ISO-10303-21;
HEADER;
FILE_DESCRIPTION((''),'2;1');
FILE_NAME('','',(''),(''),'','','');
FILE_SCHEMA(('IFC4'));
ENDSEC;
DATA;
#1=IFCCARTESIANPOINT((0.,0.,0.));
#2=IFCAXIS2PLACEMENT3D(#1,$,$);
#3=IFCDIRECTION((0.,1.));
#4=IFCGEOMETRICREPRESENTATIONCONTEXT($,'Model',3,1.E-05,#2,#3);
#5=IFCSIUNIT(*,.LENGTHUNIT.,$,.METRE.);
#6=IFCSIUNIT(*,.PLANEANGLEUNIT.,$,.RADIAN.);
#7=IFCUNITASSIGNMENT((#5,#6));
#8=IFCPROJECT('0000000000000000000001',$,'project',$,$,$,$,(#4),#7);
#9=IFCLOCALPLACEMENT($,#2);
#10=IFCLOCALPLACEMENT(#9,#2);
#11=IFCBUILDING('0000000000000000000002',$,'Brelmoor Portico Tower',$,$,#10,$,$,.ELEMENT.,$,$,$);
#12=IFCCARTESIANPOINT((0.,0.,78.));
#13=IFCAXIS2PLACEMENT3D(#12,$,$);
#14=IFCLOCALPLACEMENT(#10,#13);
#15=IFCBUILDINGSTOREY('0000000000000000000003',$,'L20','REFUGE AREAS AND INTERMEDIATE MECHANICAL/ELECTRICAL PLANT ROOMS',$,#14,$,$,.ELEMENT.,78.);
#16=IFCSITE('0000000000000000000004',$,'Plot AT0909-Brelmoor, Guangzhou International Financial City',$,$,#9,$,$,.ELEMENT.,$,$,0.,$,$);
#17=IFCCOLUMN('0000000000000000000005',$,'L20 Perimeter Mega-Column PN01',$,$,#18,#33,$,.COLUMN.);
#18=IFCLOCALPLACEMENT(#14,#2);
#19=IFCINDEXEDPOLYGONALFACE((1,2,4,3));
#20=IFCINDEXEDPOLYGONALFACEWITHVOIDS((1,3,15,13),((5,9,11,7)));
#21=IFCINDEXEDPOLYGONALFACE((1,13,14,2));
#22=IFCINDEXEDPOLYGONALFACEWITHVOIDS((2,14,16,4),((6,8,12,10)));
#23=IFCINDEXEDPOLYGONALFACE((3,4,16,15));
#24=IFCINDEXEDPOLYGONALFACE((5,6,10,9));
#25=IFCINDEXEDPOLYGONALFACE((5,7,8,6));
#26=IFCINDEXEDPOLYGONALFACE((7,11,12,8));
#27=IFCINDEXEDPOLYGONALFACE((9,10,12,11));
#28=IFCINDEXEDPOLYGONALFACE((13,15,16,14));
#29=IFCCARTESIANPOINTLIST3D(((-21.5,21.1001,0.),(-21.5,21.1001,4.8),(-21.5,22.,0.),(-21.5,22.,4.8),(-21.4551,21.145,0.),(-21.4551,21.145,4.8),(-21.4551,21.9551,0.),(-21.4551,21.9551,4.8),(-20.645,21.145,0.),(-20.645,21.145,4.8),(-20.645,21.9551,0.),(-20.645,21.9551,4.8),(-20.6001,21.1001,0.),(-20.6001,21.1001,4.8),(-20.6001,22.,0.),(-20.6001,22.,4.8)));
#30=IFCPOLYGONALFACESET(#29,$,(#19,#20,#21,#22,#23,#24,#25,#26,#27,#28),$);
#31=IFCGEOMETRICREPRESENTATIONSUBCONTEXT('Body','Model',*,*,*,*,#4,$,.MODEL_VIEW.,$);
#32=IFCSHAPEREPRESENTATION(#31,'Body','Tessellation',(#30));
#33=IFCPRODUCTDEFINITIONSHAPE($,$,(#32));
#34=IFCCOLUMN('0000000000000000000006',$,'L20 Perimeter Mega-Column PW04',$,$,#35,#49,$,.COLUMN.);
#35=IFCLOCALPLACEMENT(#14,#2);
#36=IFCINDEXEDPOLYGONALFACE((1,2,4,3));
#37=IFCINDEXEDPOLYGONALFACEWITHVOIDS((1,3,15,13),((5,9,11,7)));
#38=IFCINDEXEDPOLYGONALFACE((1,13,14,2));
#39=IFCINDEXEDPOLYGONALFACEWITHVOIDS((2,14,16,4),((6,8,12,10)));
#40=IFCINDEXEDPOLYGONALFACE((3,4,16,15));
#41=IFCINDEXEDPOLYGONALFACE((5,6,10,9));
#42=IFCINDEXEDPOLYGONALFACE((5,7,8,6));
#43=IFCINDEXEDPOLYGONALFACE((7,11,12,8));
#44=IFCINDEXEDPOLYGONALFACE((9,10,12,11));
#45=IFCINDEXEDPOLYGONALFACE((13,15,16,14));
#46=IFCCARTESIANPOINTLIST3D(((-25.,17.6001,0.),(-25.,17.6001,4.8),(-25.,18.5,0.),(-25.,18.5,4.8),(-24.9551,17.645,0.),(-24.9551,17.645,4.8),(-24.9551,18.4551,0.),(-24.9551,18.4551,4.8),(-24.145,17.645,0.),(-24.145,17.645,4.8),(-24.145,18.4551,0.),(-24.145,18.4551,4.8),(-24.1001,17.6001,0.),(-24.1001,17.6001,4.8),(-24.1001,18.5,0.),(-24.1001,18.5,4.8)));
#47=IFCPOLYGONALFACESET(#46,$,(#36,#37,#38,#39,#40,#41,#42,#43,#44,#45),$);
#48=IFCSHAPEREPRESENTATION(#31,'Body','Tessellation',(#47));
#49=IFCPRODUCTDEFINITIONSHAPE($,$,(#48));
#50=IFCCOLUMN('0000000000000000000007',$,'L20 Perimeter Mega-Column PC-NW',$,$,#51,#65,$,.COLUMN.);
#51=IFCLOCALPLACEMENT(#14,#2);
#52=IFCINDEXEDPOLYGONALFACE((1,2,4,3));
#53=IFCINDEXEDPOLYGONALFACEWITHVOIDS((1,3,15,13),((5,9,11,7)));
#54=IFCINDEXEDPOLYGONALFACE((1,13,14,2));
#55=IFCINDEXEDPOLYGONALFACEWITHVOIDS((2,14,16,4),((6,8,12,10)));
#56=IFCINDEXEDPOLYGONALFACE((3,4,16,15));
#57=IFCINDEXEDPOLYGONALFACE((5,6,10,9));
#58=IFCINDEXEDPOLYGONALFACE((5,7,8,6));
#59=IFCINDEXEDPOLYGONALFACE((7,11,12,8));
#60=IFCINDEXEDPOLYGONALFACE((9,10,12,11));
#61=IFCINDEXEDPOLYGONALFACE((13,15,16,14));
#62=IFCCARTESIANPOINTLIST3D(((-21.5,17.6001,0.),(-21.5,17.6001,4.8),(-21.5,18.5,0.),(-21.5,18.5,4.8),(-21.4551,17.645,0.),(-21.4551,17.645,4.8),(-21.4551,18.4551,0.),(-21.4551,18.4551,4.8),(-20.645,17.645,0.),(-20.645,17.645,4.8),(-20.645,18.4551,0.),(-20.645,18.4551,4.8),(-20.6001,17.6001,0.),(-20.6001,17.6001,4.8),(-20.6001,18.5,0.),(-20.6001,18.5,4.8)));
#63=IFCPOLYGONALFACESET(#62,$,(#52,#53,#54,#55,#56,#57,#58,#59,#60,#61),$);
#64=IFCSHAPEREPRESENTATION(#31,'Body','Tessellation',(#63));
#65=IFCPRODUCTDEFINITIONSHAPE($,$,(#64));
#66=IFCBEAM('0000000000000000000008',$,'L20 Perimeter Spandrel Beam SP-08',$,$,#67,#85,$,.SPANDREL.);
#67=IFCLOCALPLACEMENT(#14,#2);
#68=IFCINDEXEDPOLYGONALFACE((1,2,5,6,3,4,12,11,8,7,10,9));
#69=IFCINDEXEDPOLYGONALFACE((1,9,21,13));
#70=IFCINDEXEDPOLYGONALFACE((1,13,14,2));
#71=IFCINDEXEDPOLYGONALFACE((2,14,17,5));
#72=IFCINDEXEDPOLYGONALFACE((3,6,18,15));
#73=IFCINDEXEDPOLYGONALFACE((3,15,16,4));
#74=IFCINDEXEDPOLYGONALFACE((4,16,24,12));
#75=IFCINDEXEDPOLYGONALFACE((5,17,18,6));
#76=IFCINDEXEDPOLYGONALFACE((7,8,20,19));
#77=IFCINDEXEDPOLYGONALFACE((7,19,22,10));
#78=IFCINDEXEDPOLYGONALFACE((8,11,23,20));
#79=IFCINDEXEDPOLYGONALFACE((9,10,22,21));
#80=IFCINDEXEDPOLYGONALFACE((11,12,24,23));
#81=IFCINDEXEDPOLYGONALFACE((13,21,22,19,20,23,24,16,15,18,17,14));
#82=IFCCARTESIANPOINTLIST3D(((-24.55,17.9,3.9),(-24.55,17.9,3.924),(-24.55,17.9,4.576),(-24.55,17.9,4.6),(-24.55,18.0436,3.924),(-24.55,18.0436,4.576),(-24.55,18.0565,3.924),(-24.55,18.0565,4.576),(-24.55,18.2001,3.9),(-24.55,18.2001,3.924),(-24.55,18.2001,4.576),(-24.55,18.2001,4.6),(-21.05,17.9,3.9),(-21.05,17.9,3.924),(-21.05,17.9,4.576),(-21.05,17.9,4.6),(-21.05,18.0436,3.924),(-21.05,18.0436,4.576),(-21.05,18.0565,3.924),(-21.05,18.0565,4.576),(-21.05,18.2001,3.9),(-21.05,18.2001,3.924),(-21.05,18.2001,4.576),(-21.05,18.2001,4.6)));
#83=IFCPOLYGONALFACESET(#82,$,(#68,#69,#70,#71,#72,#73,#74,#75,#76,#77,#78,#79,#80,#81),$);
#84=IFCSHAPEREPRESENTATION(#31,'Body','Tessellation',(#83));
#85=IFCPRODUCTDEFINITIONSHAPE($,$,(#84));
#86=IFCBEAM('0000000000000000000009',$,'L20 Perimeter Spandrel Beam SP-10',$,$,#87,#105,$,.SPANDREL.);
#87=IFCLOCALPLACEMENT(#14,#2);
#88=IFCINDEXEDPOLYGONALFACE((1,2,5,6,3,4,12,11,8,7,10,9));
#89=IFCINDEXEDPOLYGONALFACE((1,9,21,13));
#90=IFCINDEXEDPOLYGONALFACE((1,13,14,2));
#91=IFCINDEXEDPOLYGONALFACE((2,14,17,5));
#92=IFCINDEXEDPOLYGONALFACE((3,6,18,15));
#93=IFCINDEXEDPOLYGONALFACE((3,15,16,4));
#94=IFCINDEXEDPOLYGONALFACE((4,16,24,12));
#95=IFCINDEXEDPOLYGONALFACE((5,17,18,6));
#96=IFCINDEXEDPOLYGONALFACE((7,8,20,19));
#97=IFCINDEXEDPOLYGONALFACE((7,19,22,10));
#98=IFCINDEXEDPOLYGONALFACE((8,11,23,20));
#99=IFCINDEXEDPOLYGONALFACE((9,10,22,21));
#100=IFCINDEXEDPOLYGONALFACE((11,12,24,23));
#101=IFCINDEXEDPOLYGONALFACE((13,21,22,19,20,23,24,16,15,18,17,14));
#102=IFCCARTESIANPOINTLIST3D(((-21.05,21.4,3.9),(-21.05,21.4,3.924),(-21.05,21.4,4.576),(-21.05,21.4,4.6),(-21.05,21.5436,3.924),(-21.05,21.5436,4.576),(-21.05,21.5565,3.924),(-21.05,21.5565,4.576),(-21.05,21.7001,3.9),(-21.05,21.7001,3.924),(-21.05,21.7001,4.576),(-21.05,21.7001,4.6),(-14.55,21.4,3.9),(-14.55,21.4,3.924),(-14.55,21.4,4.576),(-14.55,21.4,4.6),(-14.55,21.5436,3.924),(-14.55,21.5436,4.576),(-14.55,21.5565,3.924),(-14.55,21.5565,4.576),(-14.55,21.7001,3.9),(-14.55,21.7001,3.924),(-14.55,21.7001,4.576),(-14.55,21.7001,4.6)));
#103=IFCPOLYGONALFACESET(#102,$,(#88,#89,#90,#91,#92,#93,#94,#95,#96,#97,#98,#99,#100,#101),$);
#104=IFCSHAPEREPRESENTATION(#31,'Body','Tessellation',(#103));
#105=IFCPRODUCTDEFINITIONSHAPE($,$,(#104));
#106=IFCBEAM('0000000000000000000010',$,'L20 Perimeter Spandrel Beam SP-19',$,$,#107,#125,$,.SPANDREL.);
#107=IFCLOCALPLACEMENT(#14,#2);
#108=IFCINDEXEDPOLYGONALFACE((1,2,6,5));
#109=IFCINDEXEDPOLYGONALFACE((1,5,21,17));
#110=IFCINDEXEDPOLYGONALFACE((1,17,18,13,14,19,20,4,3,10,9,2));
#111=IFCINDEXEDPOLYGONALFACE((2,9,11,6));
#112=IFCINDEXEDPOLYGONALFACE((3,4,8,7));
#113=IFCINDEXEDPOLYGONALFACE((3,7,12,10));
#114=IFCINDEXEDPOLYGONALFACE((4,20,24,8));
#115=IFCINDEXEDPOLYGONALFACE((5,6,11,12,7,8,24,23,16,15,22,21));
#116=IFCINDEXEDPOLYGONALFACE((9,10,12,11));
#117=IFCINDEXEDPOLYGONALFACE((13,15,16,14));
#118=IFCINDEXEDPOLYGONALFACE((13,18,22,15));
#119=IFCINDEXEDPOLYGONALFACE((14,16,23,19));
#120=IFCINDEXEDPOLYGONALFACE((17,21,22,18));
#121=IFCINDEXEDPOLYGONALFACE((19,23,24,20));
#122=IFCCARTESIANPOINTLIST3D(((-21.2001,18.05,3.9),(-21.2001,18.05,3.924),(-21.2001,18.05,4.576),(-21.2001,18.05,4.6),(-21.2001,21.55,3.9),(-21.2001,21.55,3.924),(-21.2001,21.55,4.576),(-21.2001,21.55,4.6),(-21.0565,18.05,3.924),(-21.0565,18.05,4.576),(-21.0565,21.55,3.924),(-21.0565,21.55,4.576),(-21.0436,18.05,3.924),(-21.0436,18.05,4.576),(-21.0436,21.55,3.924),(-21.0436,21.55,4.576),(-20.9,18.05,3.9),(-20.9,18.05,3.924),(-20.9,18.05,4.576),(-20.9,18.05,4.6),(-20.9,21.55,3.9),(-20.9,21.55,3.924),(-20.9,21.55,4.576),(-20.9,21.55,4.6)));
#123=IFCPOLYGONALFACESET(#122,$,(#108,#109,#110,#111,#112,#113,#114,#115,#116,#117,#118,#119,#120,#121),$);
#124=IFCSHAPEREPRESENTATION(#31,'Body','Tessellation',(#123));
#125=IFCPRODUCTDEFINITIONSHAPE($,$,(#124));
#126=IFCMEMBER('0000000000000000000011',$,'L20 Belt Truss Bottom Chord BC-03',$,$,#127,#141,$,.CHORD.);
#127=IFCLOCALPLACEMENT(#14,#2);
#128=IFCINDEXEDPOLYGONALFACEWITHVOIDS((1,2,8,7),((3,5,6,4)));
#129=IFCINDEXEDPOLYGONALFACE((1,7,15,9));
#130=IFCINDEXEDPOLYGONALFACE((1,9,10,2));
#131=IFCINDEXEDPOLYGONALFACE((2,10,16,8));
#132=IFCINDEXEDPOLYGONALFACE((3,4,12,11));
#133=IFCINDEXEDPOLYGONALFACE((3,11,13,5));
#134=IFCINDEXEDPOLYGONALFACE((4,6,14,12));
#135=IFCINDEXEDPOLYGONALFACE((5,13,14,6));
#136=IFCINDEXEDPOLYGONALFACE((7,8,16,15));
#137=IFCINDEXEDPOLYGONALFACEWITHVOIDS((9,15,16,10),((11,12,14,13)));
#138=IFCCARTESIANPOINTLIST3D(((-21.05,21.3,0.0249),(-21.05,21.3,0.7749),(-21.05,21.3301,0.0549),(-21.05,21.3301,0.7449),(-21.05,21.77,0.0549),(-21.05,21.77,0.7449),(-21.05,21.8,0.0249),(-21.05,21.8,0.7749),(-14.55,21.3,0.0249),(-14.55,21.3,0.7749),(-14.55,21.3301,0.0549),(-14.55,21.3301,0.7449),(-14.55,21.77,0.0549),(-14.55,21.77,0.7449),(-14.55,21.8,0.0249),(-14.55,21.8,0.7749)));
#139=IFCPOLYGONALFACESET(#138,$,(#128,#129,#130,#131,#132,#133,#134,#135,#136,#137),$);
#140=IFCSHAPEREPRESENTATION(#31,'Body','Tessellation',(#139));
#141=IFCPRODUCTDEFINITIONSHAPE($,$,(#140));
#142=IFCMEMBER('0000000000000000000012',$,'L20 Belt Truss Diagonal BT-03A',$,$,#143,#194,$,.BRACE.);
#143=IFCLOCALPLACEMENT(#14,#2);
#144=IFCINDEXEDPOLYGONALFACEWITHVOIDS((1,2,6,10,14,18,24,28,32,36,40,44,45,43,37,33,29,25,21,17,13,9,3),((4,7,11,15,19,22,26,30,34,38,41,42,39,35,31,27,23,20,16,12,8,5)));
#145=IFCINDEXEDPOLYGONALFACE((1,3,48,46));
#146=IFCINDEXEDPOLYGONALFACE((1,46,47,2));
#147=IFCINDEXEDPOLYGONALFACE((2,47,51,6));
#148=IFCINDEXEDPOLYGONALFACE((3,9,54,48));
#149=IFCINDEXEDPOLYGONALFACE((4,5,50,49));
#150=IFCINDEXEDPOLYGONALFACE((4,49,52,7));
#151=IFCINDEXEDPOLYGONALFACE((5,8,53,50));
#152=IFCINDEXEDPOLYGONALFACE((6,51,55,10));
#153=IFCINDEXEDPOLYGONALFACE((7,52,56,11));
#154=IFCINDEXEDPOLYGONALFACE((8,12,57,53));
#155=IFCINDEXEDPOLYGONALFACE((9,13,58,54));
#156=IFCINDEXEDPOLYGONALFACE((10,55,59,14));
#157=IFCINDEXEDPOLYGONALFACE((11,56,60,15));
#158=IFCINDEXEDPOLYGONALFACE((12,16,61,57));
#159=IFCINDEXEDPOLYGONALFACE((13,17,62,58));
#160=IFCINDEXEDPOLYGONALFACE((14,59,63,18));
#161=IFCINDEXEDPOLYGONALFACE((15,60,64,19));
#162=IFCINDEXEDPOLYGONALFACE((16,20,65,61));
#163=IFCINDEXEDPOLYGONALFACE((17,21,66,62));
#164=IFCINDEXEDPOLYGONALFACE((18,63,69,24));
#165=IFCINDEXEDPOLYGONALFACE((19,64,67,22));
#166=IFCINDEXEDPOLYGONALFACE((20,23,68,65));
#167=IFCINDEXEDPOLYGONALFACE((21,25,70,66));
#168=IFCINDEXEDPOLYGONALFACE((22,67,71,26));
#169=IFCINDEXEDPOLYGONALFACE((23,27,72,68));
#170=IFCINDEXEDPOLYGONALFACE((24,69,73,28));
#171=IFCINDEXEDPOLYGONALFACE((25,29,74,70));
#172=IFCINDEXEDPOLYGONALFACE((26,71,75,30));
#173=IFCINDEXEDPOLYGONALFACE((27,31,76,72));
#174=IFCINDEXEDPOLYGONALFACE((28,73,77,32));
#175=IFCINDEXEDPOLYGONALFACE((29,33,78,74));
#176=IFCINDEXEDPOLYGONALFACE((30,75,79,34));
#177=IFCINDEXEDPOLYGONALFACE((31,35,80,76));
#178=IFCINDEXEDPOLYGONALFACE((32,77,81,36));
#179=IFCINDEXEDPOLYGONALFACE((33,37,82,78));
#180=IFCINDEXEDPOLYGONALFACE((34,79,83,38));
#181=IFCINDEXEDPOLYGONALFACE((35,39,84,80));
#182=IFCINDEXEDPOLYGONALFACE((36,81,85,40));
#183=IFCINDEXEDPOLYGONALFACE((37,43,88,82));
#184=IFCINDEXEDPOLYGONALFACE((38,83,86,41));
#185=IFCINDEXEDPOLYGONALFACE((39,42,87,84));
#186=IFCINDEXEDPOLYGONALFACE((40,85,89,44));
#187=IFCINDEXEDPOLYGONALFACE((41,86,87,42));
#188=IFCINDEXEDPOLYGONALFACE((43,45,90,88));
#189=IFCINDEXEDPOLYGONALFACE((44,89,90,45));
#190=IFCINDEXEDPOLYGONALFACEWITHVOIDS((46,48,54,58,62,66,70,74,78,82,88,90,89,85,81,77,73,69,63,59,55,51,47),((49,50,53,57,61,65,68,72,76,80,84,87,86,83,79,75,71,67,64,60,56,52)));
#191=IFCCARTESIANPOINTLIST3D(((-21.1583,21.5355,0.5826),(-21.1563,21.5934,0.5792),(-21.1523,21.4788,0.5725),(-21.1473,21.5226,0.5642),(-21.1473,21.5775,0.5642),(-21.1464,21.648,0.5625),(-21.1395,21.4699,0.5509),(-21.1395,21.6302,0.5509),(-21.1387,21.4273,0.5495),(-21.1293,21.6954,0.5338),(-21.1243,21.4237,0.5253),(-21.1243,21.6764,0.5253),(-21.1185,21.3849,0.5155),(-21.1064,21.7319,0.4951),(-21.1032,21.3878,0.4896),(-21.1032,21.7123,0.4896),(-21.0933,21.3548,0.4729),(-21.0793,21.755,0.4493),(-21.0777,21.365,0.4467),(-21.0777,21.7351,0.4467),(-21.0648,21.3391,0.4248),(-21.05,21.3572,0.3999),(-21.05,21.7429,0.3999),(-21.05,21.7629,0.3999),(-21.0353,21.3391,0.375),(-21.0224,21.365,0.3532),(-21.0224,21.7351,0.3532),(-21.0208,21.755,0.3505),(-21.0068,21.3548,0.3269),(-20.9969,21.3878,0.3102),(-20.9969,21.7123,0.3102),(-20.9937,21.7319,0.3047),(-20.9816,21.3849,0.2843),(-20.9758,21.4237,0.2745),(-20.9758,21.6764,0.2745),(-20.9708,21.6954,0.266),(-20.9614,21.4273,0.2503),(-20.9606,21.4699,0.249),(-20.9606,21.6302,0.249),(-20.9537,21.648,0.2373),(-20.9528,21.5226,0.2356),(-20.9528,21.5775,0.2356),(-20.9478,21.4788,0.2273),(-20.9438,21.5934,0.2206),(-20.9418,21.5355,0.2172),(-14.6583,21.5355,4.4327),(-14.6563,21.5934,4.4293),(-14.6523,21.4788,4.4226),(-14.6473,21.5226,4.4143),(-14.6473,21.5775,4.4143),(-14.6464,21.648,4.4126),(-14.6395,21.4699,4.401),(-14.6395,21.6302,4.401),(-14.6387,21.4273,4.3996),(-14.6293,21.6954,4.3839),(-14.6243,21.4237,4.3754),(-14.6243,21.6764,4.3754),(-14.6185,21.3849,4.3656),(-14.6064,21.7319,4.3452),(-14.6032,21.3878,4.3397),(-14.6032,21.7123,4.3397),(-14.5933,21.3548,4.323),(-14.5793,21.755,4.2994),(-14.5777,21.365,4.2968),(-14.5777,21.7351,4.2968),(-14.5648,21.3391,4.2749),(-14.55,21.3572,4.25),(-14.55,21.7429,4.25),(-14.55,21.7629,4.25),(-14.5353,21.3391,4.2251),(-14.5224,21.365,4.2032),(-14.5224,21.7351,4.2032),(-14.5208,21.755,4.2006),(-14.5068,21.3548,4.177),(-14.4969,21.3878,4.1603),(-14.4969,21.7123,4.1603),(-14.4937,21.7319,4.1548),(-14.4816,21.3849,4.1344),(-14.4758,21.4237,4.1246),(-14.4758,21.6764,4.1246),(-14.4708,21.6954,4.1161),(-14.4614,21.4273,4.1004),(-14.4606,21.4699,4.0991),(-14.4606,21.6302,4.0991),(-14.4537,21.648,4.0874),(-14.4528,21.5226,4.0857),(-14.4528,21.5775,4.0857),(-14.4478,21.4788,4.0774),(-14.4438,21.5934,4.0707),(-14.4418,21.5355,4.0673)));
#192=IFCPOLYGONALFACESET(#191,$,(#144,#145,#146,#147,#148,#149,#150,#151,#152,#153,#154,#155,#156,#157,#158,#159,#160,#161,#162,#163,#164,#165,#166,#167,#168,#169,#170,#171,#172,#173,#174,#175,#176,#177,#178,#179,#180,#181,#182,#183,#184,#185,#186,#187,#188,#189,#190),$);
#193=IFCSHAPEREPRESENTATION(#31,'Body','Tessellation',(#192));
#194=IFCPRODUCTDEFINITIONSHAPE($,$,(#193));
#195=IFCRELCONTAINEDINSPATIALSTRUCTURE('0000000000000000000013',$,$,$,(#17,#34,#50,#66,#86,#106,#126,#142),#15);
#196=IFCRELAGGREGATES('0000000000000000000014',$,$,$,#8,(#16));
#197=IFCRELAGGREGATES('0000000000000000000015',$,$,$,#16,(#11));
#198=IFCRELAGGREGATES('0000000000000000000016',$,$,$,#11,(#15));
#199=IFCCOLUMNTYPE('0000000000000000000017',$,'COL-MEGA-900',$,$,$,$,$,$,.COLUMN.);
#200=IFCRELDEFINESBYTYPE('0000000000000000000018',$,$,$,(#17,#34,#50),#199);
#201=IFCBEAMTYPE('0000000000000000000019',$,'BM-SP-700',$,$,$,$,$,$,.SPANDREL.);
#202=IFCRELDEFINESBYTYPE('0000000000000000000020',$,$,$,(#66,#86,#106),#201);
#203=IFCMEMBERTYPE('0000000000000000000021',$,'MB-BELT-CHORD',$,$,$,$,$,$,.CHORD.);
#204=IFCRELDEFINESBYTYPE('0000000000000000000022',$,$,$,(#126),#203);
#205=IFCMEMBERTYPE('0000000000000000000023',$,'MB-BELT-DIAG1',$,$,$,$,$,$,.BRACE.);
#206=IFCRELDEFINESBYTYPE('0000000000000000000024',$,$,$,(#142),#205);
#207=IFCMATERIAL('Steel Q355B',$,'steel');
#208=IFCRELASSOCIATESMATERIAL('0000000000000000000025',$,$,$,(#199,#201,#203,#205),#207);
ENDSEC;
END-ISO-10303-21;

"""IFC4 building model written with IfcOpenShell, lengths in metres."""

from ifc_helpers import new_model, si_unit, direction, frame, origin, origin_2d, place, context, subcontext, project, spatial, hollow_rectangle, hollow_circle, i_section, extrude, material, material_profile, profile_set, type_object, element, save


model = new_model("IFC4")

# Units and contexts
model_context = context("Model", 3, precision=1e-05, world=origin(), true_north=direction((0.0, 1.0)))
body_context = subcontext(model_context, "Body", "Model", "MODEL_VIEW")
ifc_project = project(units=[si_unit("LENGTHUNIT", "METRE"), si_unit("PLANEANGLEUNIT", "RADIAN")], contexts=[model_context])

# Site, building, storey
site_placement = place(None, origin())
site = spatial("IfcSite", under=ifc_project, at=site_placement, Name="Plot AT0909-Brelmoor, Guangzhou International Financial City", CompositionType="ELEMENT", RefElevation=0.0)
building_placement = place(site_placement, origin())
building = spatial("IfcBuilding", under=site, at=building_placement, Name="Brelmoor Portico Tower", CompositionType="ELEMENT")
storey_placement = place(building_placement, frame((0.0, 0.0, 78.0)))
storey = spatial("IfcBuildingStorey", under=building, at=storey_placement, Name="L20", Description="REFUGE AREAS AND INTERMEDIATE MECHANICAL/ELECTRICAL PLANT ROOMS", CompositionType="ELEMENT", Elevation=78.0)

# Columns
ifc_material_1 = material(Name="Steel Q355B", Category="steel")
ifc_material_profile_1 = material_profile(ifc_material_1, hollow_rectangle(XDim=0.8999, YDim=0.8999, WallThickness=0.0449, at=origin_2d()), Name="BOX 900x900x45")
ifc_profile_set_1 = profile_set([ifc_material_profile_1], Name="Steel Q355B")
column_type = type_object("IfcColumnType", Name="COL-MEGA-900", PredefinedType="COLUMN", material=ifc_profile_set_1)
for number, where, z_axis, x_axis, name in (
    (1, (-21.05, 21.55, 0.0), (0.0, 0.0, 1.0), (1.0, 0.0, 0.0), "L20 Perimeter Mega-Column PN01"),
    (2, (-24.55, 18.05, 0.0), (0.0, 0.0, 1.0), (0.0, 1.0, 0.0), "L20 Perimeter Mega-Column PW04"),
    (3, (-21.05, 18.05, 0.0), (0.0, 0.0, 1.0), (1.0, 0.0, 0.0), "L20 Perimeter Mega-Column PC-NW"),
):
    element("IfcColumn", number, at=place(storey_placement, frame(where, z_axis=z_axis, x_axis=x_axis)), inside=storey, type_object=column_type, Name=name, PredefinedType="COLUMN", context=body_context, shape_type="SweptSolid", body=[
        extrude(hollow_rectangle(XDim=0.8999, YDim=0.8999, WallThickness=0.0449, at=origin_2d()), origin(), (0.0, 0.0, 1.0), 4.8),
    ])

# Beams
ifc_material_profile_2 = material_profile(ifc_material_1, i_section(OverallWidth=0.3, OverallDepth=0.7, WebThickness=0.0129, FlangeThickness=0.0239, at=origin_2d()), Name="HN 700x300x13x24")
ifc_profile_set_2 = profile_set([ifc_material_profile_2], Name="Steel Q355B")
beam_type = type_object("IfcBeamType", Name="BM-SP-700", PredefinedType="SPANDREL", material=ifc_profile_set_2)
beam_1_placement = place(storey_placement, frame((-24.55, 18.05, 4.25), z_axis=(1.0, 0.0, 0.0), x_axis=(0.0, 1.0, 0.0)))
element("IfcBeam", 4, at=beam_1_placement, inside=storey, type_object=beam_type, Name="L20 Perimeter Spandrel Beam SP-08", PredefinedType="SPANDREL", context=body_context, shape_type="SweptSolid", body=[
    extrude(i_section(OverallWidth=0.3, OverallDepth=0.7, WebThickness=0.0129, FlangeThickness=0.0239, at=origin_2d()), origin(), (0.0, 0.0, 1.0), 3.5),
])
beam_2_placement = place(storey_placement, frame((-21.05, 21.55, 4.25), z_axis=(1.0, 0.0, 0.0), x_axis=(0.0, 1.0, 0.0)))
element("IfcBeam", 5, at=beam_2_placement, inside=storey, type_object=beam_type, Name="L20 Perimeter Spandrel Beam SP-10", PredefinedType="SPANDREL", context=body_context, shape_type="SweptSolid", body=[
    extrude(i_section(OverallWidth=0.3, OverallDepth=0.7, WebThickness=0.0129, FlangeThickness=0.0239, at=origin_2d()), origin(), (0.0, 0.0, 1.0), 6.5),
])
beam_3_placement = place(storey_placement, frame((-21.05, 18.05, 4.25), z_axis=(0.0, 1.0, 0.0), x_axis=(-1.0, 0.0, 0.0)))
element("IfcBeam", 6, at=beam_3_placement, inside=storey, type_object=beam_type, Name="L20 Perimeter Spandrel Beam SP-19", PredefinedType="SPANDREL", context=body_context, shape_type="SweptSolid", body=[
    extrude(i_section(OverallWidth=0.3, OverallDepth=0.7, WebThickness=0.0129, FlangeThickness=0.0239, at=origin_2d()), origin(), (0.0, 0.0, 1.0), 3.5),
])

# Members
ifc_material_profile_3 = material_profile(ifc_material_1, hollow_rectangle(XDim=0.5, YDim=0.75, WallThickness=0.03, at=origin_2d()), Name="RHS 500x750x30")
ifc_profile_set_3 = profile_set([ifc_material_profile_3], Name="Steel Q355B")
member_type_1 = type_object("IfcMemberType", Name="MB-BELT-CHORD", PredefinedType="CHORD", material=ifc_profile_set_3)
member_1_placement = place(storey_placement, frame((-21.05, 21.55, 0.3999), z_axis=(1.0, 0.0, 0.0), x_axis=(0.0, 1.0, 0.0)))
element("IfcMember", 7, at=member_1_placement, inside=storey, type_object=member_type_1, Name="L20 Belt Truss Bottom Chord BC-03", PredefinedType="CHORD", context=body_context, shape_type="SweptSolid", body=[
    extrude(hollow_rectangle(XDim=0.5, YDim=0.75, WallThickness=0.03, at=origin_2d()), origin(), (0.0, 0.0, 1.0), 6.5),
])
ifc_material_profile_4 = material_profile(ifc_material_1, hollow_circle(Radius=0.2129, WallThickness=0.02, at=origin_2d()), Name="CHS 426x20")
ifc_profile_set_4 = profile_set([ifc_material_profile_4], Name="Steel Q355B")
member_type_2 = type_object("IfcMemberType", Name="MB-BELT-DIAG1", PredefinedType="BRACE", material=ifc_profile_set_4)
member_2_placement = place(storey_placement, frame((-21.05, 21.55, 0.3999), z_axis=(0.860393, 0.0, 0.509631), x_axis=(0.0, 1.0, 0.0)))
element("IfcMember", 8, at=member_2_placement, inside=storey, type_object=member_type_2, Name="L20 Belt Truss Diagonal BT-03A", PredefinedType="BRACE", context=body_context, shape_type="SweptSolid", body=[
    extrude(hollow_circle(Radius=0.2129, WallThickness=0.02, at=origin_2d()), origin(), (0.0, 0.0, 1.0), 7.5547),
])

save(model, "model.ifc")
